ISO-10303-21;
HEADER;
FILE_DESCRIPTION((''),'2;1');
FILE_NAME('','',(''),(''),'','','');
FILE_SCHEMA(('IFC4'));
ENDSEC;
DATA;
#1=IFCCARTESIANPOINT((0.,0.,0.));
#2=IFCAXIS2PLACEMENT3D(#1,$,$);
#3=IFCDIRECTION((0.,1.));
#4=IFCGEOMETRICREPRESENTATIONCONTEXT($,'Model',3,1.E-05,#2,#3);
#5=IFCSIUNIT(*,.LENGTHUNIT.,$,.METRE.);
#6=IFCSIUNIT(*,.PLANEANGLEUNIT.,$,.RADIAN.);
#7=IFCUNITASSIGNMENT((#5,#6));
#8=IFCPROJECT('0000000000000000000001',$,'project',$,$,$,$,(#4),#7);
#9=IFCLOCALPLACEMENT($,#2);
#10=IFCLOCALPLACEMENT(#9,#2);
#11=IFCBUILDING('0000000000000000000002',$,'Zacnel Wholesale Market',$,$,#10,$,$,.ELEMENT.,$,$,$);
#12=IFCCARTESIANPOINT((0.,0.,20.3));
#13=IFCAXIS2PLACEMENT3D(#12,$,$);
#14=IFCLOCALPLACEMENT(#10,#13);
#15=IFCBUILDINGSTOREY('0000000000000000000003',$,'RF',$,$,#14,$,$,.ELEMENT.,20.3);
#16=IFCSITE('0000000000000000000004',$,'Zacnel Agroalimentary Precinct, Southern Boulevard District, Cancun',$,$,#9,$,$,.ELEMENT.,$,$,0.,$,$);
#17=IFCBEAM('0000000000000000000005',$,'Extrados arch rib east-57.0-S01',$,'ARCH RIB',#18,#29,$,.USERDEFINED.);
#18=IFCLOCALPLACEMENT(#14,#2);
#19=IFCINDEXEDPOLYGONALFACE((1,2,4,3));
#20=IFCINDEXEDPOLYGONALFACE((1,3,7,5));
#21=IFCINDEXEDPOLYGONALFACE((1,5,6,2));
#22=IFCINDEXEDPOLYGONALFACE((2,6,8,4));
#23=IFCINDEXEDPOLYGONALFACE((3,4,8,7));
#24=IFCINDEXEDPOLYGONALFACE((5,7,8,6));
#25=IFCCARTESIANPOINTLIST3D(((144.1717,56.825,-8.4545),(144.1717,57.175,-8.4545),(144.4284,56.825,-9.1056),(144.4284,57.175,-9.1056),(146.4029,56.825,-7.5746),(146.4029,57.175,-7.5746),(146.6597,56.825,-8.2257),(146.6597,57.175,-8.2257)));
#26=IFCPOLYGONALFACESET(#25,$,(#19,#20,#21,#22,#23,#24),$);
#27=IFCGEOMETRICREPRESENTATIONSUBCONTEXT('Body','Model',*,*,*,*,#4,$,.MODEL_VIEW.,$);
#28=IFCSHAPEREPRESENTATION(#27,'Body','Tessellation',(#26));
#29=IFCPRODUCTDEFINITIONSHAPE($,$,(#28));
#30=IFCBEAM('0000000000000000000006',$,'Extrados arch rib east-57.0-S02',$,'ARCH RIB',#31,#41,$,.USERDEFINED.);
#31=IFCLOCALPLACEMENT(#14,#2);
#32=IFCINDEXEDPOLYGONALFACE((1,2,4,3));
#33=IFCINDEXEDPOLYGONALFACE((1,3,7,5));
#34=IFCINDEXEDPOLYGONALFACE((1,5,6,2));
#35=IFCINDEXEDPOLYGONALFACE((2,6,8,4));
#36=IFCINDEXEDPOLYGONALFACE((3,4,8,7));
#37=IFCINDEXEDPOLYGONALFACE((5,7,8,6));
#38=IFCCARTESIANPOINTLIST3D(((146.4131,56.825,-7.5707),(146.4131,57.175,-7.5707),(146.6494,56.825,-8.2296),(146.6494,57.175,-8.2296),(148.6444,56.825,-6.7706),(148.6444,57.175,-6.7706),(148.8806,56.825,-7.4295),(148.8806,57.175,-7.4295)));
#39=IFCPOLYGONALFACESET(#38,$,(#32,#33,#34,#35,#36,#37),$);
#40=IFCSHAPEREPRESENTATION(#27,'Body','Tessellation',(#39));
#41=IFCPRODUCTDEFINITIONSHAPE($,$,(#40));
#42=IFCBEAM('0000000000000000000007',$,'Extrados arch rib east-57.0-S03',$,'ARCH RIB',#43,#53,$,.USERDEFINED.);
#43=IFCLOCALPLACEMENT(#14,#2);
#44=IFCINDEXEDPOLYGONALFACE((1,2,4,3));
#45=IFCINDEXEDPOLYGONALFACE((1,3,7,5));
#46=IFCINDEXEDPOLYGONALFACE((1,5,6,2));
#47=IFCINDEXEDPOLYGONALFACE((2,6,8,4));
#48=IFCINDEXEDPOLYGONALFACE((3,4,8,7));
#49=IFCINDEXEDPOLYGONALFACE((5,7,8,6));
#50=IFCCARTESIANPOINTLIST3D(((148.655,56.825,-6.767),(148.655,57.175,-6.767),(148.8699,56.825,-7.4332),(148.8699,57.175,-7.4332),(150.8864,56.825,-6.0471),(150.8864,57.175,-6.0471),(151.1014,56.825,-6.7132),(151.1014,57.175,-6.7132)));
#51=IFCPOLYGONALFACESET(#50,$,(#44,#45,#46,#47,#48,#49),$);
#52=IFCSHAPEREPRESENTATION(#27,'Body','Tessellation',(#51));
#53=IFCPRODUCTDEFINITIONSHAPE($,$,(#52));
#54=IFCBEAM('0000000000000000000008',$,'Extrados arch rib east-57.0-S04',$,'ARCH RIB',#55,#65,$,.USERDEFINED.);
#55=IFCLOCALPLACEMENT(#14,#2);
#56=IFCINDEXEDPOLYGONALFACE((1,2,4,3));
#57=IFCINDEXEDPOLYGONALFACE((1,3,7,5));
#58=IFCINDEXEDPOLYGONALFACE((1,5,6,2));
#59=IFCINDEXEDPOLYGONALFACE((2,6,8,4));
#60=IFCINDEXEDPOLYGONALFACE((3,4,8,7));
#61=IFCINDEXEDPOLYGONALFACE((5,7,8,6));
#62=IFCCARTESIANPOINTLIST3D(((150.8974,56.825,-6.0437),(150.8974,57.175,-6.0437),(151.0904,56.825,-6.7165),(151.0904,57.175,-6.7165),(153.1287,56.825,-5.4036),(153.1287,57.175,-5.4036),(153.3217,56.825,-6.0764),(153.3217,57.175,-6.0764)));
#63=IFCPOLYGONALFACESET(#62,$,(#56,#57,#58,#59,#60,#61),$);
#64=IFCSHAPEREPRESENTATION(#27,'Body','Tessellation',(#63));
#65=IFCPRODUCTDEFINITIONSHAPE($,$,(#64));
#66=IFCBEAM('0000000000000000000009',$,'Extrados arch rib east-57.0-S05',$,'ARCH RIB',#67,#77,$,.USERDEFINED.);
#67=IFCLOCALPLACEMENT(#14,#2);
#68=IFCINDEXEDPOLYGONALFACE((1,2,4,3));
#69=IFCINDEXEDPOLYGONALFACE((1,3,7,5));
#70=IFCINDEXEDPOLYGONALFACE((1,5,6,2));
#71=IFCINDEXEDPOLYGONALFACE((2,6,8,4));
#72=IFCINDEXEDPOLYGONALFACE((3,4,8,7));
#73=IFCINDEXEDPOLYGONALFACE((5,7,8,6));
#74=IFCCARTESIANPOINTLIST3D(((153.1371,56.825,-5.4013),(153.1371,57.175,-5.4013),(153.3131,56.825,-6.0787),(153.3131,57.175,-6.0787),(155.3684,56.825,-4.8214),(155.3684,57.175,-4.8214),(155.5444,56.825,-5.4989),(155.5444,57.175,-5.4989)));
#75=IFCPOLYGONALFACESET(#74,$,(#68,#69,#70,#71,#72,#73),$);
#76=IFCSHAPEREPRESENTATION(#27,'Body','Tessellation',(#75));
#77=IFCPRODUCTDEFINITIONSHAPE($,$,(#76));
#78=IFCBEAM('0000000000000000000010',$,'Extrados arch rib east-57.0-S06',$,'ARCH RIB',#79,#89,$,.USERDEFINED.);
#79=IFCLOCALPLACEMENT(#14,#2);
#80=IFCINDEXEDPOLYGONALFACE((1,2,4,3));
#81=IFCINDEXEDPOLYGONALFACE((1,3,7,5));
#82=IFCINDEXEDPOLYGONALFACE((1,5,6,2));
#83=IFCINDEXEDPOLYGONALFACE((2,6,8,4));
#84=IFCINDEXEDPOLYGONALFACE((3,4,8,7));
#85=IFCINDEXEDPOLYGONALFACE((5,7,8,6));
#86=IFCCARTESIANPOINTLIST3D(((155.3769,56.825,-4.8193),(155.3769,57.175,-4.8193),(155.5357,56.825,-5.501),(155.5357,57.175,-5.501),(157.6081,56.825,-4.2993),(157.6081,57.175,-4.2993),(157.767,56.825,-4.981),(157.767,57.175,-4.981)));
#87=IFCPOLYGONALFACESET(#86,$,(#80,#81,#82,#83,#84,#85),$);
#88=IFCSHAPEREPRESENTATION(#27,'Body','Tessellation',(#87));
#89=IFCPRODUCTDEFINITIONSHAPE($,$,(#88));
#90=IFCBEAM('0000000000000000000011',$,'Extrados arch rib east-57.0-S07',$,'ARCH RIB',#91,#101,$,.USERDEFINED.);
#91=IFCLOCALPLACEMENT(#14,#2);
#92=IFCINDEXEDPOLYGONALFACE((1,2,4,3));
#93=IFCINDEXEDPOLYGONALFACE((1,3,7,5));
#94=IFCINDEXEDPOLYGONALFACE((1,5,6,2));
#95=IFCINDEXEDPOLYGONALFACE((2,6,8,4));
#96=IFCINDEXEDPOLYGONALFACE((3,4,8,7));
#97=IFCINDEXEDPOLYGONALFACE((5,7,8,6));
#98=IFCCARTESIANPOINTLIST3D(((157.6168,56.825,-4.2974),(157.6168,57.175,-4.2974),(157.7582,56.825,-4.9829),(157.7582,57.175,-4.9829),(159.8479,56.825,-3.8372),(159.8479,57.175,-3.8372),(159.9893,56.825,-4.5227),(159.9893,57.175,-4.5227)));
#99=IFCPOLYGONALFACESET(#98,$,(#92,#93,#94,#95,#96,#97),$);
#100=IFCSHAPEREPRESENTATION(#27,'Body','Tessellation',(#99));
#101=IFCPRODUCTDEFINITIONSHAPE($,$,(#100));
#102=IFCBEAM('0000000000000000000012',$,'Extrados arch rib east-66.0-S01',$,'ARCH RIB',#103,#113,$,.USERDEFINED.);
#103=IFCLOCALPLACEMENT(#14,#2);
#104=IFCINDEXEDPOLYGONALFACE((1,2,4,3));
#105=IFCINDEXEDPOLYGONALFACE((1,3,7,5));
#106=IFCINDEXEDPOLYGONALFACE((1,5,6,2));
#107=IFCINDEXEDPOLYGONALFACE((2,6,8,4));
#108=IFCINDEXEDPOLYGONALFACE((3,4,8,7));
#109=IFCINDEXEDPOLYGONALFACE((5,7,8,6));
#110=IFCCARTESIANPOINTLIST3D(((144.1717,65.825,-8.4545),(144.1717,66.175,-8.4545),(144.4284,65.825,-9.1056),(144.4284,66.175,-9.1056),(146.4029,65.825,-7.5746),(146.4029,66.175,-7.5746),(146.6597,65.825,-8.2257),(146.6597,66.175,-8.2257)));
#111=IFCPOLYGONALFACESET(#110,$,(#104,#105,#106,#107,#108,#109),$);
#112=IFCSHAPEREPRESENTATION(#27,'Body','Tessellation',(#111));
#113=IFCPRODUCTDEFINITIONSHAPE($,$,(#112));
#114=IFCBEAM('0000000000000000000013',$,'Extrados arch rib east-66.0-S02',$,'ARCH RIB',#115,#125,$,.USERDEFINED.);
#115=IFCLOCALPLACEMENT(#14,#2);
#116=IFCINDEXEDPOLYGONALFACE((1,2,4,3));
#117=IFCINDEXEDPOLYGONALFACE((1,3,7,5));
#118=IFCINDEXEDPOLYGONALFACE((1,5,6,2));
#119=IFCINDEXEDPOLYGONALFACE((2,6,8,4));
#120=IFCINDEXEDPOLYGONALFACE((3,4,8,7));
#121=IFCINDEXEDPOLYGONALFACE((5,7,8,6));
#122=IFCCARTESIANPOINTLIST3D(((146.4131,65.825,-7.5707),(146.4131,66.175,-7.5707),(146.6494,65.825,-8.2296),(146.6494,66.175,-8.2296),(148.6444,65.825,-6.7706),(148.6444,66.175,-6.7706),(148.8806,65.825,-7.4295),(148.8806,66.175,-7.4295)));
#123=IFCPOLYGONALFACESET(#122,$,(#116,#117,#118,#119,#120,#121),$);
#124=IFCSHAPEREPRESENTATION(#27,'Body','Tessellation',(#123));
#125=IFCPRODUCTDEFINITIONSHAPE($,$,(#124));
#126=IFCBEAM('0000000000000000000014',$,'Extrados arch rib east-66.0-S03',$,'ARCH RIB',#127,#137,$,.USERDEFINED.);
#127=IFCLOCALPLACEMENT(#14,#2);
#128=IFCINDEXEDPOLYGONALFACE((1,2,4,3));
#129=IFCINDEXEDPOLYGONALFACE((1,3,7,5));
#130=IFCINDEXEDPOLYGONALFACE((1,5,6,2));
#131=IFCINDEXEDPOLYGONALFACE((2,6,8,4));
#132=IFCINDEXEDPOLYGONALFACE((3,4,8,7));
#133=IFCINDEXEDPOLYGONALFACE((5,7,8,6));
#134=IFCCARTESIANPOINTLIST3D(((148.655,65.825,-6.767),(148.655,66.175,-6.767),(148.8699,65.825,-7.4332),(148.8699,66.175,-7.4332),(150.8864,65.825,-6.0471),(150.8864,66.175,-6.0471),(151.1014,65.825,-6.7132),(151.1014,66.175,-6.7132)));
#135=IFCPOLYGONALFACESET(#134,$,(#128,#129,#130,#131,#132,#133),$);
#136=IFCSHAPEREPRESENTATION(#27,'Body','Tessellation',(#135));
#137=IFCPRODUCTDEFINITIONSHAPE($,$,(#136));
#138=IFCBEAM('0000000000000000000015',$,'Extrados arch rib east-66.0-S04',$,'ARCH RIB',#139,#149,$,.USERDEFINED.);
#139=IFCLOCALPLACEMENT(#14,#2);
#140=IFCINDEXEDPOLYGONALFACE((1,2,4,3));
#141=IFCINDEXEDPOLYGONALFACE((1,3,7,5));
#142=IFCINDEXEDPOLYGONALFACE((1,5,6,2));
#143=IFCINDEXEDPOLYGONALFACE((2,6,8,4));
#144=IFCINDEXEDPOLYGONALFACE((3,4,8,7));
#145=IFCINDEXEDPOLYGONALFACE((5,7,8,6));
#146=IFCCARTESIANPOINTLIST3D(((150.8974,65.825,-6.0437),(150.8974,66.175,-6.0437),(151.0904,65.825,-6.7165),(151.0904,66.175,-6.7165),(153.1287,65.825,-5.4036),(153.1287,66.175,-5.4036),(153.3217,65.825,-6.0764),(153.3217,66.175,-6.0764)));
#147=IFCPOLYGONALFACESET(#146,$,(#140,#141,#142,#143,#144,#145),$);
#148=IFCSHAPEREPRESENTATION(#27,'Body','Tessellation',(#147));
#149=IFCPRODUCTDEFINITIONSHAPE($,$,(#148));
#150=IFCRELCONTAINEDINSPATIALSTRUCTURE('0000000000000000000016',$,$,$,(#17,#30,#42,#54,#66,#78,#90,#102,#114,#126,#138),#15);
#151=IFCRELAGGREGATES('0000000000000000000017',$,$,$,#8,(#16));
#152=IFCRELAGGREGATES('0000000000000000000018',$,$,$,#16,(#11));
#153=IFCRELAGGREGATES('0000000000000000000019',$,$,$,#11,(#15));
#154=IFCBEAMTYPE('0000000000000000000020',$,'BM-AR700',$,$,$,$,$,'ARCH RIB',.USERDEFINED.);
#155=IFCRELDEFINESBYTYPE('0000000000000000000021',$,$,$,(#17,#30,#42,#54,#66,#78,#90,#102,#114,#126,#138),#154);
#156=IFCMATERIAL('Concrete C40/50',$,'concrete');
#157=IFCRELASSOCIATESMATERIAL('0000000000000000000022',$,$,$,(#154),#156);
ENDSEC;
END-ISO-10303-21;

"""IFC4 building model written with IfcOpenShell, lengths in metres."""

from ifc_helpers import new_model, si_unit, direction, frame, origin, origin_2d, place, context, subcontext, project, spatial, rectangle, extrude, material, material_profile, profile_set, type_object, element, save


model = new_model("IFC4")

# Units and contexts
model_context = context("Model", 3, precision=1e-05, world=origin(), true_north=direction((0.0, 1.0)))
body_context = subcontext(model_context, "Body", "Model", "MODEL_VIEW")
ifc_project = project(units=[si_unit("LENGTHUNIT", "METRE"), si_unit("PLANEANGLEUNIT", "RADIAN")], contexts=[model_context])

# Site, building, storey
site_placement = place(None, origin())
site = spatial("IfcSite", under=ifc_project, at=site_placement, Name="Zacnel Agroalimentary Precinct, Southern Boulevard District, Cancun", CompositionType="ELEMENT", RefElevation=0.0)
building_placement = place(site_placement, origin())
building = spatial("IfcBuilding", under=site, at=building_placement, Name="Zacnel Wholesale Market", CompositionType="ELEMENT")
storey_placement = place(building_placement, frame((0.0, 0.0, 20.3)))
storey = spatial("IfcBuildingStorey", under=building, at=storey_placement, Name="RF", CompositionType="ELEMENT", Elevation=20.3)

# Beams
ifc_material_1 = material(Name="Concrete C40/50", Category="concrete")
ifc_material_profile_1 = material_profile(ifc_material_1, rectangle(XDim=0.3501, YDim=0.7, at=origin_2d()), Name="ARCH RIB 350x700")
ifc_profile_set_1 = profile_set([ifc_material_profile_1], Name="Concrete C40/50")
beam_type = type_object("IfcBeamType", Name="BM-AR700", ElementType="ARCH RIB", PredefinedType="USERDEFINED", material=ifc_profile_set_1)
beam_1_placement = place(storey_placement, frame((144.3, 57.0, -8.78), z_axis=(0.930277, 0.0, 0.366858), x_axis=(0.0, 1.0, 0.0)))
element("IfcBeam", 1, at=beam_1_placement, inside=storey, type_object=beam_type, Name="Extrados arch rib east-57.0-S01", ObjectType="ARCH RIB", PredefinedType="USERDEFINED", context=body_context, shape_type="SweptSolid", body=[
    extrude(rectangle(XDim=0.3501, YDim=0.7, at=origin_2d()), origin(), (0.0, 0.0, 1.0), 2.3984),
])
beam_2_placement = place(storey_placement, frame((146.5312, 57.0, -7.9001), z_axis=(0.941315, 0.0, 0.33753), x_axis=(0.0, 1.0, 0.0)))
element("IfcBeam", 2, at=beam_2_placement, inside=storey, type_object=beam_type, Name="Extrados arch rib east-57.0-S02", ObjectType="ARCH RIB", PredefinedType="USERDEFINED", context=body_context, shape_type="SweptSolid", body=[
    extrude(rectangle(XDim=0.3501, YDim=0.7, at=origin_2d()), origin(), (0.0, 0.0, 1.0), 2.3704),
])
beam_3_placement = place(storey_placement, frame((148.7625, 57.0, -7.1001), z_axis=(0.95169, 0.0, 0.307061), x_axis=(0.0, 1.0, 0.0)))
element("IfcBeam", 3, at=beam_3_placement, inside=storey, type_object=beam_type, Name="Extrados arch rib east-57.0-S03", ObjectType="ARCH RIB", PredefinedType="USERDEFINED", context=body_context, shape_type="SweptSolid", body=[
    extrude(rectangle(XDim=0.3501, YDim=0.7, at=origin_2d()), origin(), (0.0, 0.0, 1.0), 2.3447),
])
beam_4_placement = place(storey_placement, frame((150.9939, 57.0, -6.3801), z_axis=(0.961222, 0.0, 0.275777), x_axis=(0.0, 1.0, 0.0)))
element("IfcBeam", 4, at=beam_4_placement, inside=storey, type_object=beam_type, Name="Extrados arch rib east-57.0-S04", ObjectType="ARCH RIB", PredefinedType="USERDEFINED", context=body_context, shape_type="SweptSolid", body=[
    extrude(rectangle(XDim=0.3501, YDim=0.7, at=origin_2d()), origin(), (0.0, 0.0, 1.0), 2.3213),
])
beam_5_placement = place(storey_placement, frame((153.2251, 57.0, -5.74), z_axis=(0.967852, 0.0, 0.251521), x_axis=(0.0, 1.0, 0.0)))
element("IfcBeam", 5, at=beam_5_placement, inside=storey, type_object=beam_type, Name="Extrados arch rib east-57.0-S05", ObjectType="ARCH RIB", PredefinedType="USERDEFINED", context=body_context, shape_type="SweptSolid", body=[
    extrude(rectangle(XDim=0.3501, YDim=0.7, at=origin_2d()), origin(), (0.0, 0.0, 1.0), 2.3054),
])
beam_6_placement = place(storey_placement, frame((155.4563, 57.0, -5.1602), z_axis=(0.973899, 0.0, 0.226984), x_axis=(0.0, 1.0, 0.0)))
element("IfcBeam", 6, at=beam_6_placement, inside=storey, type_object=beam_type, Name="Extrados arch rib east-57.0-S06", ObjectType="ARCH RIB", PredefinedType="USERDEFINED", context=body_context, shape_type="SweptSolid", body=[
    extrude(rectangle(XDim=0.3501, YDim=0.7, at=origin_2d()), origin(), (0.0, 0.0, 1.0), 2.291),
])
beam_7_placement = place(storey_placement, frame((157.6875, 57.0, -4.6401), z_axis=(0.979384, 0.0, 0.202007), x_axis=(0.0, 1.0, 0.0)))
element("IfcBeam", 7, at=beam_7_placement, inside=storey, type_object=beam_type, Name="Extrados arch rib east-57.0-S07", ObjectType="ARCH RIB", PredefinedType="USERDEFINED", context=body_context, shape_type="SweptSolid", body=[
    extrude(rectangle(XDim=0.3501, YDim=0.7, at=origin_2d()), origin(), (0.0, 0.0, 1.0), 2.2781),
])
beam_8_placement = place(storey_placement, frame((144.3, 66.0, -8.78), z_axis=(0.930277, 0.0, 0.366858), x_axis=(0.0, 1.0, 0.0)))
element("IfcBeam", 8, at=beam_8_placement, inside=storey, type_object=beam_type, Name="Extrados arch rib east-66.0-S01", ObjectType="ARCH RIB", PredefinedType="USERDEFINED", context=body_context, shape_type="SweptSolid", body=[
    extrude(rectangle(XDim=0.3501, YDim=0.7, at=origin_2d()), origin(), (0.0, 0.0, 1.0), 2.3984),
])
beam_9_placement = place(storey_placement, frame((146.5312, 66.0, -7.9001), z_axis=(0.941315, 0.0, 0.33753), x_axis=(0.0, 1.0, 0.0)))
element("IfcBeam", 9, at=beam_9_placement, inside=storey, type_object=beam_type, Name="Extrados arch rib east-66.0-S02", ObjectType="ARCH RIB", PredefinedType="USERDEFINED", context=body_context, shape_type="SweptSolid", body=[
    extrude(rectangle(XDim=0.3501, YDim=0.7, at=origin_2d()), origin(), (0.0, 0.0, 1.0), 2.3704),
])
beam_10_placement = place(storey_placement, frame((148.7625, 66.0, -7.1001), z_axis=(0.95169, 0.0, 0.307061), x_axis=(0.0, 1.0, 0.0)))
element("IfcBeam", 10, at=beam_10_placement, inside=storey, type_object=beam_type, Name="Extrados arch rib east-66.0-S03", ObjectType="ARCH RIB", PredefinedType="USERDEFINED", context=body_context, shape_type="SweptSolid", body=[
    extrude(rectangle(XDim=0.3501, YDim=0.7, at=origin_2d()), origin(), (0.0, 0.0, 1.0), 2.3447),
])
beam_11_placement = place(storey_placement, frame((150.9939, 66.0, -6.3801), z_axis=(0.961222, 0.0, 0.275777), x_axis=(0.0, 1.0, 0.0)))
element("IfcBeam", 11, at=beam_11_placement, inside=storey, type_object=beam_type, Name="Extrados arch rib east-66.0-S04", ObjectType="ARCH RIB", PredefinedType="USERDEFINED", context=body_context, shape_type="SweptSolid", body=[
    extrude(rectangle(XDim=0.3501, YDim=0.7, at=origin_2d()), origin(), (0.0, 0.0, 1.0), 2.3213),
])

save(model, "model.ifc")
